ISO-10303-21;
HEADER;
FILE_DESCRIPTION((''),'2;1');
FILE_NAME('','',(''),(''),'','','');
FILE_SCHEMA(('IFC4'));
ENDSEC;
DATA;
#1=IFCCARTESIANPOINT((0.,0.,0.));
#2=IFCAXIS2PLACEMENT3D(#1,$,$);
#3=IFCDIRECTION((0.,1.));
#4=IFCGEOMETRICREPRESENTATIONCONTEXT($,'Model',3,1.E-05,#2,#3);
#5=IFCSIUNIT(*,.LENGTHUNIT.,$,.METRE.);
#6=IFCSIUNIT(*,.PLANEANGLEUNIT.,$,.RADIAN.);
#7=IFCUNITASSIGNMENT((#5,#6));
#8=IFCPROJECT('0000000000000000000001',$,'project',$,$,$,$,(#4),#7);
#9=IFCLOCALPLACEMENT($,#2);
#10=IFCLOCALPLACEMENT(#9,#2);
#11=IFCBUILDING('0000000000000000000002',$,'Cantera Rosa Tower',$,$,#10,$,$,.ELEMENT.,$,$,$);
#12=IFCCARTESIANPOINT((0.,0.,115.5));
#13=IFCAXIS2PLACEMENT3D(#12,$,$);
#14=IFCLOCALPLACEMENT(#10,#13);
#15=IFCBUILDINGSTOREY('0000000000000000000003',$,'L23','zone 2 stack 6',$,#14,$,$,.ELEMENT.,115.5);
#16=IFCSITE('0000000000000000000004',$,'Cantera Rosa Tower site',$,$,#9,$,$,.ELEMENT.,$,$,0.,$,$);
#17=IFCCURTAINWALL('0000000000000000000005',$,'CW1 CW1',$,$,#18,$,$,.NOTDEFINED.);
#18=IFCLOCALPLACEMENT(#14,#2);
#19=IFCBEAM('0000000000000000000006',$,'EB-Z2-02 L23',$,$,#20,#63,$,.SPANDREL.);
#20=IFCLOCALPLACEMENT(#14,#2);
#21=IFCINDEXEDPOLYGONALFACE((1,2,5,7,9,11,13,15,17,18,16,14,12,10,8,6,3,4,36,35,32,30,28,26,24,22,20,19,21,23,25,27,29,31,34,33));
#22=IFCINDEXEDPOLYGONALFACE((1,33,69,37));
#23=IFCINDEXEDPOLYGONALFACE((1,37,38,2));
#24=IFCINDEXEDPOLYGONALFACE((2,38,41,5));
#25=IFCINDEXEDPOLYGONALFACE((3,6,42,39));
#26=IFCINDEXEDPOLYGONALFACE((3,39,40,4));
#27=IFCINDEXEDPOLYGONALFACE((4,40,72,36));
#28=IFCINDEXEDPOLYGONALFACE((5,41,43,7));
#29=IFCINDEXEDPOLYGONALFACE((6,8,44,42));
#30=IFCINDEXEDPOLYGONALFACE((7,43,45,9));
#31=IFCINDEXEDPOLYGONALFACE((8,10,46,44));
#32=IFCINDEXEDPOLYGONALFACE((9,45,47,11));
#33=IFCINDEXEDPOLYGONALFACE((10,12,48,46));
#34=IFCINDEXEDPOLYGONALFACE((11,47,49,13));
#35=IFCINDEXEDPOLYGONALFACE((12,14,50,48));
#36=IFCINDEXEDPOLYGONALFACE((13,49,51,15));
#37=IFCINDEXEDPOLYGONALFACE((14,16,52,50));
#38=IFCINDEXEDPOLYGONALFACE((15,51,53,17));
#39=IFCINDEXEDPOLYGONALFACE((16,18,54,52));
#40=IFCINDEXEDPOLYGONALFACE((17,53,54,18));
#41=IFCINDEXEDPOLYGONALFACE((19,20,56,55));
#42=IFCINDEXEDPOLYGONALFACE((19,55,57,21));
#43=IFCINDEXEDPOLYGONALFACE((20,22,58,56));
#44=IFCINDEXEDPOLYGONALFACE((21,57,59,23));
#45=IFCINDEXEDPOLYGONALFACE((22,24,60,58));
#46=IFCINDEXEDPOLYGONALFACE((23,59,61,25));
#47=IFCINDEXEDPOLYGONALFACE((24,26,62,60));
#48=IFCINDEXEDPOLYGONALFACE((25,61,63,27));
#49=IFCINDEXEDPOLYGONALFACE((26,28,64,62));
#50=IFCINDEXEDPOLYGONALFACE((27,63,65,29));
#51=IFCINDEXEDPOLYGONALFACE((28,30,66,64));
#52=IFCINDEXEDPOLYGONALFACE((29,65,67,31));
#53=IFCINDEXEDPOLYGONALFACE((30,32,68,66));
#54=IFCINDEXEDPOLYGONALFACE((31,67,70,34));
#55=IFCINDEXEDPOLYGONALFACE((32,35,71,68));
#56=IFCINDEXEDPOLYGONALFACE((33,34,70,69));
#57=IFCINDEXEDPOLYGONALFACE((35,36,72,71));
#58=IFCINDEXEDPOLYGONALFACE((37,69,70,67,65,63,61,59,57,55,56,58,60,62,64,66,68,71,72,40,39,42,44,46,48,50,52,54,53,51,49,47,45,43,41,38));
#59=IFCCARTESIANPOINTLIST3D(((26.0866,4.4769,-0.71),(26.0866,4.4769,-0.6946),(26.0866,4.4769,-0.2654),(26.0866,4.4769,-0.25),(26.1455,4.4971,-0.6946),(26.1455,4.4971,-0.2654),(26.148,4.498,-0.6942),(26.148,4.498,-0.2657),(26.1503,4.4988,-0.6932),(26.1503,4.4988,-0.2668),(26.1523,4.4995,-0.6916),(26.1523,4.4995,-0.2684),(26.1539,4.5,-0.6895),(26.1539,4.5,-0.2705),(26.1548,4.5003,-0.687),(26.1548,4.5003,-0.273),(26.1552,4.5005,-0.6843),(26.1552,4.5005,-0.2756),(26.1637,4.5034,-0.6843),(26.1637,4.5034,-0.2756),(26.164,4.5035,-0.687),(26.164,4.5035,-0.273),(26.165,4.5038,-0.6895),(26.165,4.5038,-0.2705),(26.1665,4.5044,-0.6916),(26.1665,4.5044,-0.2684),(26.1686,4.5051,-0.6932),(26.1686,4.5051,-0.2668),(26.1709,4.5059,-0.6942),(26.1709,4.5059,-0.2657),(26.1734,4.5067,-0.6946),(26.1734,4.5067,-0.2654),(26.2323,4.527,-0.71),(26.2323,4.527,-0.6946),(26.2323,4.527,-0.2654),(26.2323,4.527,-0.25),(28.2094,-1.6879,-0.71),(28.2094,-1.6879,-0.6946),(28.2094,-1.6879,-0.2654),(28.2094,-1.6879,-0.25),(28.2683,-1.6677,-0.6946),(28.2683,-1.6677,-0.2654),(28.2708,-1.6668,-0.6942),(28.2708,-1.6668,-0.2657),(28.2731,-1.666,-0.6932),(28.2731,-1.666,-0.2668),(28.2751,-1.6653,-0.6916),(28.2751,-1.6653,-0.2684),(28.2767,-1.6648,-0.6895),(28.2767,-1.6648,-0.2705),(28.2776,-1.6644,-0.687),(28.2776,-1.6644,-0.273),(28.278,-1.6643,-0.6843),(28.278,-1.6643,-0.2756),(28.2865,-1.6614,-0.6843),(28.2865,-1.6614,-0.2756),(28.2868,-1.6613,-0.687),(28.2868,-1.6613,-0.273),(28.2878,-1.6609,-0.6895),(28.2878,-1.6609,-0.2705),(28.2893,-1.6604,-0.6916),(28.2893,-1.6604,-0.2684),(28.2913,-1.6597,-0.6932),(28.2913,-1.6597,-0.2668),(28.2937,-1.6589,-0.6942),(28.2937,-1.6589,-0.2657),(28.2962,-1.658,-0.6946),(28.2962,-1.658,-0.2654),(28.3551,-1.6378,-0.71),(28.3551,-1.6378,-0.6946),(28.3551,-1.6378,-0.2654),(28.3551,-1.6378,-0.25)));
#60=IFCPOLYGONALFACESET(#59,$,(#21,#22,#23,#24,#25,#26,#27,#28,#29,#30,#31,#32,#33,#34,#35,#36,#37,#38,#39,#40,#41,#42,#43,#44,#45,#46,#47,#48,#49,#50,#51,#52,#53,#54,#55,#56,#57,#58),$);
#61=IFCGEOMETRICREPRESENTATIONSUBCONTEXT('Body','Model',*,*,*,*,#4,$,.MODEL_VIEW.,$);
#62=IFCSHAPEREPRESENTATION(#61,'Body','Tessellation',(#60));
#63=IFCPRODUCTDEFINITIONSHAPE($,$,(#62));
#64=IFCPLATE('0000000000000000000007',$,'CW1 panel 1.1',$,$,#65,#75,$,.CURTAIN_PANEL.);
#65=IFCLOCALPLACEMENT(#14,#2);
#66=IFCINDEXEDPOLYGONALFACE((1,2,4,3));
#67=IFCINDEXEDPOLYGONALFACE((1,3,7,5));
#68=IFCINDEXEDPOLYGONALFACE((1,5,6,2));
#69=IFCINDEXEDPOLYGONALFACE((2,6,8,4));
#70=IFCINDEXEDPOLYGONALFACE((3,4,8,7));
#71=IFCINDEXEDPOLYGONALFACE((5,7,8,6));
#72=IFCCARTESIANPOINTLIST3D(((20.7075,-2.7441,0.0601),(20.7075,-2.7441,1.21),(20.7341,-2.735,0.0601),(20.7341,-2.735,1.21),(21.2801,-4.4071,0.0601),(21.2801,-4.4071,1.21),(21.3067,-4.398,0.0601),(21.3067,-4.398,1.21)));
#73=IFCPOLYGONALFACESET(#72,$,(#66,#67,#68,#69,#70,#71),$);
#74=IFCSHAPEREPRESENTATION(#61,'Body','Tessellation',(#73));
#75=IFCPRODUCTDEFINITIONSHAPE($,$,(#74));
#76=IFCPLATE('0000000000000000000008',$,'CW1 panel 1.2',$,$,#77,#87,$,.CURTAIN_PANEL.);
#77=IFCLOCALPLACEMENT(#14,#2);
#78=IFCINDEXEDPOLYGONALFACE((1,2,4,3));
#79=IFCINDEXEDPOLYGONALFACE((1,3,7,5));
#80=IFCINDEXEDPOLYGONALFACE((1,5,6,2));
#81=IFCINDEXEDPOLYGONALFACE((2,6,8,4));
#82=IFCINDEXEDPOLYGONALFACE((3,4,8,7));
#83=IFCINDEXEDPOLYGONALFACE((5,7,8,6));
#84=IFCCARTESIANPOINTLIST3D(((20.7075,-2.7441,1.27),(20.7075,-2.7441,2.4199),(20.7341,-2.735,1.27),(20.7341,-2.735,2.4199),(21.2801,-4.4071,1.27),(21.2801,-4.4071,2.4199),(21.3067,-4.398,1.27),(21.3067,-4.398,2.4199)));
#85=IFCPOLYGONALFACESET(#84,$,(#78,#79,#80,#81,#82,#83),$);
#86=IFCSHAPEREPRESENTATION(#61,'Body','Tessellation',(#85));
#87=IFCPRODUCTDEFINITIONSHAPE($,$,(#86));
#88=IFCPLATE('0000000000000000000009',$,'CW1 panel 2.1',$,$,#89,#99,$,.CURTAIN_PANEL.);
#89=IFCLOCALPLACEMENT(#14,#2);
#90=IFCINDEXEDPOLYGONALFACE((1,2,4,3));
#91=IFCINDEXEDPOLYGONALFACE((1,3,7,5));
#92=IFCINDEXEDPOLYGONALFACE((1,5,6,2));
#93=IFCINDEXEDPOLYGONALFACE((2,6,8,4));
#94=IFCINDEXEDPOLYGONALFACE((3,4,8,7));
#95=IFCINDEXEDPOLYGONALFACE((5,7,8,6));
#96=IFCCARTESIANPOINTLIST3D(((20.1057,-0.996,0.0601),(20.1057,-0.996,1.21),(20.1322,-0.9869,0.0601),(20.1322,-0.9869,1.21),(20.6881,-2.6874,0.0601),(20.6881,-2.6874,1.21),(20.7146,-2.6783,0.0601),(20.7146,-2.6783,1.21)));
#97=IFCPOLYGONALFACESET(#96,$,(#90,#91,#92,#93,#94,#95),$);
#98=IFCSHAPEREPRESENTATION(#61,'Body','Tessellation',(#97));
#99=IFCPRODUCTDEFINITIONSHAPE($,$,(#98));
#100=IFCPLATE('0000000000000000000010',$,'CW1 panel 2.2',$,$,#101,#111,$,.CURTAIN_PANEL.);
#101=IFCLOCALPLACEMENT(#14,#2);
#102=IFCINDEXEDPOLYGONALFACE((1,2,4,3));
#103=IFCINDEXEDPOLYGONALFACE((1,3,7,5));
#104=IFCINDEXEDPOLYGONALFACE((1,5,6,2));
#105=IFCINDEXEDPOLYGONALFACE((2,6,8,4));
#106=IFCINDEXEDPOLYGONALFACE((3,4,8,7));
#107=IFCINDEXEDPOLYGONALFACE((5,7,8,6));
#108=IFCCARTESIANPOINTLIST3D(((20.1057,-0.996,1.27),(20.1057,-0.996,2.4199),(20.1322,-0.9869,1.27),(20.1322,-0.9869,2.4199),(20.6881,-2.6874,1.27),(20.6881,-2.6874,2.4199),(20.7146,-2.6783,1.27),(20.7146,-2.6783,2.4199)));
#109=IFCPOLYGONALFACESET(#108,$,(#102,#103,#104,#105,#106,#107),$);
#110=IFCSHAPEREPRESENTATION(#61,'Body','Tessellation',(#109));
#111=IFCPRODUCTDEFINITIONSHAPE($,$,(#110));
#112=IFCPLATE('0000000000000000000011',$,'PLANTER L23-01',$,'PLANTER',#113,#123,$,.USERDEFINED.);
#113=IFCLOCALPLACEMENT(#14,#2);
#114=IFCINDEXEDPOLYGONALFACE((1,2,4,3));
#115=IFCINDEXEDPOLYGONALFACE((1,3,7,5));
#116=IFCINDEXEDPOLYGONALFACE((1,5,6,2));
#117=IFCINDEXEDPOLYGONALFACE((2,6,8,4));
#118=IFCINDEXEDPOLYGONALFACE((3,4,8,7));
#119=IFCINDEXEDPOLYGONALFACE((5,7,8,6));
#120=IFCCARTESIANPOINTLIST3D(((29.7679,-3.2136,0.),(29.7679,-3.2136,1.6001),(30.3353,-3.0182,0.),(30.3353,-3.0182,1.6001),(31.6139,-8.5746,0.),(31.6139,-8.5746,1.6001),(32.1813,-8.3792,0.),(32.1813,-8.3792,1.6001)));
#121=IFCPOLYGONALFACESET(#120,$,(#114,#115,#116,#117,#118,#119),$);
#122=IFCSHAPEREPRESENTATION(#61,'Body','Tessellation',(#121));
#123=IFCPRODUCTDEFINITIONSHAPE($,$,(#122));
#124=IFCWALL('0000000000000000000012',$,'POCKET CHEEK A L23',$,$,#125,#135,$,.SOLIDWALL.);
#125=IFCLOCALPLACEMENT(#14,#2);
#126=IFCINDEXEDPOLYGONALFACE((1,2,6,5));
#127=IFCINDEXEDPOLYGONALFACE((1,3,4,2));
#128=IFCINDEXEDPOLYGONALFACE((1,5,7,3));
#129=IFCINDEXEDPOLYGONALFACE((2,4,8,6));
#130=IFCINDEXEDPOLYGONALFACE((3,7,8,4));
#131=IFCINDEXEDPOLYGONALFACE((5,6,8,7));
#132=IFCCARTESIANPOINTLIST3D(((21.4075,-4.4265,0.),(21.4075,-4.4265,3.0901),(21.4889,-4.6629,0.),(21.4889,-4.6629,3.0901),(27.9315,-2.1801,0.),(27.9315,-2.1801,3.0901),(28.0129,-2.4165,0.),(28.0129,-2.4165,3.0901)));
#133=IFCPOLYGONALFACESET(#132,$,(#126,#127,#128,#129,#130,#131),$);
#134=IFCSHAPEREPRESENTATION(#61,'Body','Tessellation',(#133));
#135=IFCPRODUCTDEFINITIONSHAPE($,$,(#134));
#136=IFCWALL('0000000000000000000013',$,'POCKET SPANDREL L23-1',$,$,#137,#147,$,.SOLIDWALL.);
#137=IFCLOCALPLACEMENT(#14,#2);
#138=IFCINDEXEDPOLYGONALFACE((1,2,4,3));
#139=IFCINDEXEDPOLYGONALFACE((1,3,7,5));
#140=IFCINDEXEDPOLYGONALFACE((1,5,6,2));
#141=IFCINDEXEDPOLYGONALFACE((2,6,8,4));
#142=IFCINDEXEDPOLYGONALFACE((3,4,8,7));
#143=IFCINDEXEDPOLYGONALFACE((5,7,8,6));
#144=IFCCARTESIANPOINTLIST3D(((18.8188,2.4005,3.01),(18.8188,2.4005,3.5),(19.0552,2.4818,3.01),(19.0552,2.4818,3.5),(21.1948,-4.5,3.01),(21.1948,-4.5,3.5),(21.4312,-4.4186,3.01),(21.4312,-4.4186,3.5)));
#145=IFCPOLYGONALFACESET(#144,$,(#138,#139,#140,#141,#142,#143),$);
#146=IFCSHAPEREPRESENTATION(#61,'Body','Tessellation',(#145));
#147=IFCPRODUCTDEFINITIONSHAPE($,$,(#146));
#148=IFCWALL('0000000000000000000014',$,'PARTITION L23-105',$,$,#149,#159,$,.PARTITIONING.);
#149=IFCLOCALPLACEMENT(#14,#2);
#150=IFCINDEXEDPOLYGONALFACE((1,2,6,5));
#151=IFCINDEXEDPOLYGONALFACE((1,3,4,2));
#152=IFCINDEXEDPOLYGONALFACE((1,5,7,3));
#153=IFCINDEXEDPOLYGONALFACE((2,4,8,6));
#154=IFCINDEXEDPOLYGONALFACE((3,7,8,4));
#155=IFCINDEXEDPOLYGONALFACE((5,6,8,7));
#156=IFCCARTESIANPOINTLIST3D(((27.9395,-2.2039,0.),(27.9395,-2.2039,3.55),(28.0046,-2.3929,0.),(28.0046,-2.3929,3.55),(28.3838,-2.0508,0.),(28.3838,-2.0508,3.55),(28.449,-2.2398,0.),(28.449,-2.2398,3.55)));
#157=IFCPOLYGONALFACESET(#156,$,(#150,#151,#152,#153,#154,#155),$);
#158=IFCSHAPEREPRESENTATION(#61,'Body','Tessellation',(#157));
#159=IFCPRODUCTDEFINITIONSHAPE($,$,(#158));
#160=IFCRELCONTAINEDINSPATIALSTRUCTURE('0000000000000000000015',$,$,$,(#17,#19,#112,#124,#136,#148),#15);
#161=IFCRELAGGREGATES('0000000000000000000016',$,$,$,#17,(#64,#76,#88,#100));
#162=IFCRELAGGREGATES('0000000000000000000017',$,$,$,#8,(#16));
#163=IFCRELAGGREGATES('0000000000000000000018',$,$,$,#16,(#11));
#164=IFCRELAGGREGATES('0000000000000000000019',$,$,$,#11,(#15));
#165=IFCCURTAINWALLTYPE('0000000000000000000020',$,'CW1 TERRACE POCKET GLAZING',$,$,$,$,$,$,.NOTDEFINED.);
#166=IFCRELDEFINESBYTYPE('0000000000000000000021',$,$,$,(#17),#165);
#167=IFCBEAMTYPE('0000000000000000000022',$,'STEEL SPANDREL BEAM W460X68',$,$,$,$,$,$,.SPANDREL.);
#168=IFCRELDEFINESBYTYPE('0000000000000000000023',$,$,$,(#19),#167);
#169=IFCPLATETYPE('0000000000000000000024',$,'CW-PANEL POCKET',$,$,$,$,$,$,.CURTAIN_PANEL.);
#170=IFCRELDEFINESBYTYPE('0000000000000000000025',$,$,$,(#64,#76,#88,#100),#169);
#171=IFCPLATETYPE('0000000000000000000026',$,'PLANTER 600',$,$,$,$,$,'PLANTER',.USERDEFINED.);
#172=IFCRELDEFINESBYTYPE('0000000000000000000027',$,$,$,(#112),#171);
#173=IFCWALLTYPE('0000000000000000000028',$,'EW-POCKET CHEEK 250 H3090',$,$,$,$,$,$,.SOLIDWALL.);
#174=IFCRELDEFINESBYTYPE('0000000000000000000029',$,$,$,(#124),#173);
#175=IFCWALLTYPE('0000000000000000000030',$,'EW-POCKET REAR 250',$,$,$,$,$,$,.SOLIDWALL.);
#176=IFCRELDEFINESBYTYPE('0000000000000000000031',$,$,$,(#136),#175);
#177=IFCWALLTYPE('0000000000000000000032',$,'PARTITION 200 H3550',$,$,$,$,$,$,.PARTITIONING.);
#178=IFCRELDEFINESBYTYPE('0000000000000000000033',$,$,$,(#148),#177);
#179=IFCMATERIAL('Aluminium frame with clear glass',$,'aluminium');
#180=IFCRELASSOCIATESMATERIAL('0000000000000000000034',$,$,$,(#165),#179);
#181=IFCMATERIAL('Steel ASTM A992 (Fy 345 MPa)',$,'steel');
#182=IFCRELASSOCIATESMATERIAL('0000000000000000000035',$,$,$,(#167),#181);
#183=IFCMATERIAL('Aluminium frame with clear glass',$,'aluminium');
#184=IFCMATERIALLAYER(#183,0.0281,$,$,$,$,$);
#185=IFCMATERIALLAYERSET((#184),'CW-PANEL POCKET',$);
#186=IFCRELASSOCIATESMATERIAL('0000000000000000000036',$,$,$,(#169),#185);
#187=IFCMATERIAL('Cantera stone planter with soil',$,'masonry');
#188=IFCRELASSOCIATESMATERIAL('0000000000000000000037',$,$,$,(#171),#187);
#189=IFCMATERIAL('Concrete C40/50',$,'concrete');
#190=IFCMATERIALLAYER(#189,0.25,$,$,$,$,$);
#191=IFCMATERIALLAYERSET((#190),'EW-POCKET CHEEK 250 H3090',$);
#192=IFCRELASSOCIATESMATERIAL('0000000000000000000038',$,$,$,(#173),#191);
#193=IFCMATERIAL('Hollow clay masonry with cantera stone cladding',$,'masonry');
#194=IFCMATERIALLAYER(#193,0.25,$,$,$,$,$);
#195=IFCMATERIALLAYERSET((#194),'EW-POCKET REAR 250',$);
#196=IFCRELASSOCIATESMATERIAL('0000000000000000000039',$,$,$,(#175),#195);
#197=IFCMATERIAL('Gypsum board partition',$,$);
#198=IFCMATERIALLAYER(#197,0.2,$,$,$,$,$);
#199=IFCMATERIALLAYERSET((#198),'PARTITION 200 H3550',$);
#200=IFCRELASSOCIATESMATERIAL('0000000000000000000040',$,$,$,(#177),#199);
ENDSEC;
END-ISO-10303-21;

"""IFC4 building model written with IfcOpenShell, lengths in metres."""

from ifc_helpers import new_model, si_unit, direction, frame, frame_2d, origin, origin_2d, place, context, subcontext, project, spatial, rectangle, i_section, extrude, material, layer, layer_set, material_profile, profile_set, type_object, element, aggregate, save


model = new_model("IFC4")

# Units and contexts
model_context = context("Model", 3, precision=1e-05, world=origin(), true_north=direction((0.0, 1.0)))
body_context = subcontext(model_context, "Body", "Model", "MODEL_VIEW")
ifc_project = project(units=[si_unit("LENGTHUNIT", "METRE"), si_unit("PLANEANGLEUNIT", "RADIAN")], contexts=[model_context])

# Site, building, storey
site_placement = place(None, origin())
site = spatial("IfcSite", under=ifc_project, at=site_placement, Name="Cantera Rosa Tower site", CompositionType="ELEMENT", RefElevation=0.0)
building_placement = place(site_placement, origin())
building = spatial("IfcBuilding", under=site, at=building_placement, Name="Cantera Rosa Tower", CompositionType="ELEMENT")
storey_placement = place(building_placement, frame((0.0, 0.0, 115.5)))
storey = spatial("IfcBuildingStorey", under=building, at=storey_placement, Name="L23", Description="zone 2 stack 6", CompositionType="ELEMENT", Elevation=115.5)

# Curtain wall
ifc_material_1 = material(Name="Aluminium frame with clear glass", Category="aluminium")
curtain_wall_type = type_object("IfcCurtainWallType", Name="CW1 TERRACE POCKET GLAZING", PredefinedType="NOTDEFINED", material=ifc_material_1)
curtain_wall_placement = place(storey_placement, origin())
curtain_wall = element("IfcCurtainWall", 1, at=curtain_wall_placement, inside=storey, type_object=curtain_wall_type, Name="CW1 CW1", PredefinedType="NOTDEFINED")

# Beam
ifc_material_2 = material(Name="Steel ASTM A992 (Fy 345 MPa)", Category="steel")
ifc_material_profile_1 = material_profile(ifc_material_2, i_section(OverallWidth=0.1541, OverallDepth=0.46, WebThickness=0.009, FlangeThickness=0.0154, FilletRadius=0.0103, at=origin_2d()), Name="W460X68")
ifc_profile_set_1 = profile_set([ifc_material_profile_1], Name="Steel ASTM A992 (Fy 345 MPa)")
beam_type_1 = type_object("IfcBeamType", Name="STEEL SPANDREL BEAM W460X68", PredefinedType="SPANDREL", material=ifc_profile_set_1)
beam_1_placement = place(storey_placement, frame((28.2822, -1.6628, -0.48), z_axis=(-0.325581, 0.945514, 0.0), x_axis=(-0.945514, -0.325581, 0.0)))
element("IfcBeam", 2, at=beam_1_placement, inside=storey, type_object=beam_type_1, Name="EB-Z2-02 L23", PredefinedType="SPANDREL", context=body_context, shape_type="SweptSolid", body=[
    extrude(i_section(OverallWidth=0.1541, OverallDepth=0.46, WebThickness=0.009, FlangeThickness=0.0154, FilletRadius=0.0103, at=origin_2d()), origin(), (0.0, 0.0, 1.0), 6.52),
])

# Plates
ifc_material_3 = material(Name="Aluminium frame with clear glass", Category="aluminium")
ifc_layer_1 = layer(ifc_material_3, 0.0281)
ifc_layer_set_1 = layer_set([ifc_layer_1], Name="CW-PANEL POCKET")
plate_type_1 = type_object("IfcPlateType", Name="CW-PANEL POCKET", PredefinedType="CURTAIN_PANEL", material=ifc_layer_set_1)
plate_1_placement = place(storey_placement, frame((21.0071, -3.571, 0.0601), z_axis=(0.0, 0.0, 1.0), x_axis=(-0.325568, 0.945519, 0.0)))
plate_1 = element("IfcPlate", 3, at=plate_1_placement, type_object=plate_type_1, Name="CW1 panel 1.1", PredefinedType="CURTAIN_PANEL", context=body_context, shape_type="SweptSolid", body=[
    extrude(rectangle(XDim=1.7588, YDim=0.0281, at=origin_2d()), origin(), (0.0, 0.0, 1.0), 1.1499),
])
plate_2_placement = place(storey_placement, frame((21.0071, -3.571, 1.27), z_axis=(0.0, 0.0, 1.0), x_axis=(-0.325568, 0.945519, 0.0)))
plate_2 = element("IfcPlate", 4, at=plate_2_placement, type_object=plate_type_1, Name="CW1 panel 1.2", PredefinedType="CURTAIN_PANEL", context=body_context, shape_type="SweptSolid", body=[
    extrude(rectangle(XDim=1.7588, YDim=0.0281, at=origin_2d()), origin(), (0.0, 0.0, 1.0), 1.1499),
])
plate_3_placement = place(storey_placement, frame((20.4102, -1.8372, 0.0601), z_axis=(0.0, 0.0, 1.0), x_axis=(-0.325568, 0.945519, 0.0)))
plate_3 = element("IfcPlate", 5, at=plate_3_placement, type_object=plate_type_1, Name="CW1 panel 2.1", PredefinedType="CURTAIN_PANEL", context=body_context, shape_type="SweptSolid", body=[
    extrude(rectangle(XDim=1.7888, YDim=0.0281, at=origin_2d()), origin(), (0.0, 0.0, 1.0), 1.1499),
])
plate_4_placement = place(storey_placement, frame((20.4102, -1.8372, 1.27), z_axis=(0.0, 0.0, 1.0), x_axis=(-0.325568, 0.945519, 0.0)))
plate_4 = element("IfcPlate", 6, at=plate_4_placement, type_object=plate_type_1, Name="CW1 panel 2.2", PredefinedType="CURTAIN_PANEL", context=body_context, shape_type="SweptSolid", body=[
    extrude(rectangle(XDim=1.7888, YDim=0.0281, at=origin_2d()), origin(), (0.0, 0.0, 1.0), 1.1499),
])
aggregate(curtain_wall, [plate_1, plate_2, plate_3, plate_4])
ifc_material_4 = material(Name="Cantera stone planter with soil", Category="masonry")
plate_type_2 = type_object("IfcPlateType", Name="PLANTER 600", ElementType="PLANTER", PredefinedType="USERDEFINED", material=ifc_material_4)
plate_5_placement = place(storey_placement, frame((30.9746, -5.7964, 0.0), z_axis=(0.0, 0.0, 1.0), x_axis=(-0.325568, 0.945519, 0.0)))
element("IfcPlate", 7, at=plate_5_placement, inside=storey, type_object=plate_type_2, Name="PLANTER L23-01", ObjectType="PLANTER", PredefinedType="USERDEFINED", context=body_context, shape_type="SweptSolid", body=[
    extrude(rectangle(XDim=5.6699, YDim=0.6001, at=origin_2d()), origin(), (0.0, 0.0, 1.0), 1.6001),
])

# Walls
ifc_material_5 = material(Name="Concrete C40/50", Category="concrete")
ifc_layer_2 = layer(ifc_material_5, 0.25)
ifc_layer_set_2 = layer_set([ifc_layer_2], Name="EW-POCKET CHEEK 250 H3090")
wall_type_1 = type_object("IfcWallType", Name="EW-POCKET CHEEK 250 H3090", PredefinedType="SOLIDWALL", material=ifc_layer_set_2)
wall_1_placement = place(storey_placement, frame((27.9722, -2.2983, 0.0), z_axis=(0.0, 0.0, 1.0), x_axis=(-0.94552, -0.325564, 0.0)))
element("IfcWall", 8, at=wall_1_placement, inside=storey, type_object=wall_type_1, Name="POCKET CHEEK A L23", PredefinedType="SOLIDWALL", context=body_context, shape_type="SweptSolid", body=[
    extrude(rectangle(XDim=6.8999, YDim=0.25, at=frame_2d((3.45, 0.0))), origin(), (0.0, 0.0, 1.0), 3.0901),
])
ifc_material_6 = material(Name="Hollow clay masonry with cantera stone cladding", Category="masonry")
ifc_layer_3 = layer(ifc_material_6, 0.25)
ifc_layer_set_3 = layer_set([ifc_layer_3], Name="EW-POCKET REAR 250")
wall_type_2 = type_object("IfcWallType", Name="EW-POCKET REAR 250", PredefinedType="SOLIDWALL", material=ifc_layer_set_3)
wall_2_placement = place(storey_placement, frame((21.313, -4.4592, 3.01), z_axis=(0.0, 0.0, 1.0), x_axis=(-0.325566, 0.945519, 0.0)))
element("IfcWall", 9, at=wall_2_placement, inside=storey, type_object=wall_type_2, Name="POCKET SPANDREL L23-1", PredefinedType="SOLIDWALL", context=body_context, shape_type="SweptSolid", body=[
    extrude(rectangle(XDim=7.2981, YDim=0.25, at=frame_2d((3.6489, 0.0))), origin(), (0.0, 0.0, 1.0), 0.49),
])
ifc_material_7 = material(Name="Gypsum board partition")
ifc_layer_4 = layer(ifc_material_7, 0.2)
ifc_layer_set_4 = layer_set([ifc_layer_4], Name="PARTITION 200 H3550")
wall_type_3 = type_object("IfcWallType", Name="PARTITION 200 H3550", PredefinedType="PARTITIONING", material=ifc_layer_set_4)
wall_3_placement = place(storey_placement, frame((27.9722, -2.2983, 0.0), z_axis=(0.0, 0.0, 1.0), x_axis=(0.945467, 0.325719, 0.0)))
element("IfcWall", 10, at=wall_3_placement, inside=storey, type_object=wall_type_3, Name="PARTITION L23-105", PredefinedType="PARTITIONING", context=body_context, shape_type="SweptSolid", body=[
    extrude(rectangle(XDim=0.47, YDim=0.2, at=frame_2d((0.2349, 0.0))), origin(), (0.0, 0.0, 1.0), 3.55),
])

save(model, "model.ifc")
